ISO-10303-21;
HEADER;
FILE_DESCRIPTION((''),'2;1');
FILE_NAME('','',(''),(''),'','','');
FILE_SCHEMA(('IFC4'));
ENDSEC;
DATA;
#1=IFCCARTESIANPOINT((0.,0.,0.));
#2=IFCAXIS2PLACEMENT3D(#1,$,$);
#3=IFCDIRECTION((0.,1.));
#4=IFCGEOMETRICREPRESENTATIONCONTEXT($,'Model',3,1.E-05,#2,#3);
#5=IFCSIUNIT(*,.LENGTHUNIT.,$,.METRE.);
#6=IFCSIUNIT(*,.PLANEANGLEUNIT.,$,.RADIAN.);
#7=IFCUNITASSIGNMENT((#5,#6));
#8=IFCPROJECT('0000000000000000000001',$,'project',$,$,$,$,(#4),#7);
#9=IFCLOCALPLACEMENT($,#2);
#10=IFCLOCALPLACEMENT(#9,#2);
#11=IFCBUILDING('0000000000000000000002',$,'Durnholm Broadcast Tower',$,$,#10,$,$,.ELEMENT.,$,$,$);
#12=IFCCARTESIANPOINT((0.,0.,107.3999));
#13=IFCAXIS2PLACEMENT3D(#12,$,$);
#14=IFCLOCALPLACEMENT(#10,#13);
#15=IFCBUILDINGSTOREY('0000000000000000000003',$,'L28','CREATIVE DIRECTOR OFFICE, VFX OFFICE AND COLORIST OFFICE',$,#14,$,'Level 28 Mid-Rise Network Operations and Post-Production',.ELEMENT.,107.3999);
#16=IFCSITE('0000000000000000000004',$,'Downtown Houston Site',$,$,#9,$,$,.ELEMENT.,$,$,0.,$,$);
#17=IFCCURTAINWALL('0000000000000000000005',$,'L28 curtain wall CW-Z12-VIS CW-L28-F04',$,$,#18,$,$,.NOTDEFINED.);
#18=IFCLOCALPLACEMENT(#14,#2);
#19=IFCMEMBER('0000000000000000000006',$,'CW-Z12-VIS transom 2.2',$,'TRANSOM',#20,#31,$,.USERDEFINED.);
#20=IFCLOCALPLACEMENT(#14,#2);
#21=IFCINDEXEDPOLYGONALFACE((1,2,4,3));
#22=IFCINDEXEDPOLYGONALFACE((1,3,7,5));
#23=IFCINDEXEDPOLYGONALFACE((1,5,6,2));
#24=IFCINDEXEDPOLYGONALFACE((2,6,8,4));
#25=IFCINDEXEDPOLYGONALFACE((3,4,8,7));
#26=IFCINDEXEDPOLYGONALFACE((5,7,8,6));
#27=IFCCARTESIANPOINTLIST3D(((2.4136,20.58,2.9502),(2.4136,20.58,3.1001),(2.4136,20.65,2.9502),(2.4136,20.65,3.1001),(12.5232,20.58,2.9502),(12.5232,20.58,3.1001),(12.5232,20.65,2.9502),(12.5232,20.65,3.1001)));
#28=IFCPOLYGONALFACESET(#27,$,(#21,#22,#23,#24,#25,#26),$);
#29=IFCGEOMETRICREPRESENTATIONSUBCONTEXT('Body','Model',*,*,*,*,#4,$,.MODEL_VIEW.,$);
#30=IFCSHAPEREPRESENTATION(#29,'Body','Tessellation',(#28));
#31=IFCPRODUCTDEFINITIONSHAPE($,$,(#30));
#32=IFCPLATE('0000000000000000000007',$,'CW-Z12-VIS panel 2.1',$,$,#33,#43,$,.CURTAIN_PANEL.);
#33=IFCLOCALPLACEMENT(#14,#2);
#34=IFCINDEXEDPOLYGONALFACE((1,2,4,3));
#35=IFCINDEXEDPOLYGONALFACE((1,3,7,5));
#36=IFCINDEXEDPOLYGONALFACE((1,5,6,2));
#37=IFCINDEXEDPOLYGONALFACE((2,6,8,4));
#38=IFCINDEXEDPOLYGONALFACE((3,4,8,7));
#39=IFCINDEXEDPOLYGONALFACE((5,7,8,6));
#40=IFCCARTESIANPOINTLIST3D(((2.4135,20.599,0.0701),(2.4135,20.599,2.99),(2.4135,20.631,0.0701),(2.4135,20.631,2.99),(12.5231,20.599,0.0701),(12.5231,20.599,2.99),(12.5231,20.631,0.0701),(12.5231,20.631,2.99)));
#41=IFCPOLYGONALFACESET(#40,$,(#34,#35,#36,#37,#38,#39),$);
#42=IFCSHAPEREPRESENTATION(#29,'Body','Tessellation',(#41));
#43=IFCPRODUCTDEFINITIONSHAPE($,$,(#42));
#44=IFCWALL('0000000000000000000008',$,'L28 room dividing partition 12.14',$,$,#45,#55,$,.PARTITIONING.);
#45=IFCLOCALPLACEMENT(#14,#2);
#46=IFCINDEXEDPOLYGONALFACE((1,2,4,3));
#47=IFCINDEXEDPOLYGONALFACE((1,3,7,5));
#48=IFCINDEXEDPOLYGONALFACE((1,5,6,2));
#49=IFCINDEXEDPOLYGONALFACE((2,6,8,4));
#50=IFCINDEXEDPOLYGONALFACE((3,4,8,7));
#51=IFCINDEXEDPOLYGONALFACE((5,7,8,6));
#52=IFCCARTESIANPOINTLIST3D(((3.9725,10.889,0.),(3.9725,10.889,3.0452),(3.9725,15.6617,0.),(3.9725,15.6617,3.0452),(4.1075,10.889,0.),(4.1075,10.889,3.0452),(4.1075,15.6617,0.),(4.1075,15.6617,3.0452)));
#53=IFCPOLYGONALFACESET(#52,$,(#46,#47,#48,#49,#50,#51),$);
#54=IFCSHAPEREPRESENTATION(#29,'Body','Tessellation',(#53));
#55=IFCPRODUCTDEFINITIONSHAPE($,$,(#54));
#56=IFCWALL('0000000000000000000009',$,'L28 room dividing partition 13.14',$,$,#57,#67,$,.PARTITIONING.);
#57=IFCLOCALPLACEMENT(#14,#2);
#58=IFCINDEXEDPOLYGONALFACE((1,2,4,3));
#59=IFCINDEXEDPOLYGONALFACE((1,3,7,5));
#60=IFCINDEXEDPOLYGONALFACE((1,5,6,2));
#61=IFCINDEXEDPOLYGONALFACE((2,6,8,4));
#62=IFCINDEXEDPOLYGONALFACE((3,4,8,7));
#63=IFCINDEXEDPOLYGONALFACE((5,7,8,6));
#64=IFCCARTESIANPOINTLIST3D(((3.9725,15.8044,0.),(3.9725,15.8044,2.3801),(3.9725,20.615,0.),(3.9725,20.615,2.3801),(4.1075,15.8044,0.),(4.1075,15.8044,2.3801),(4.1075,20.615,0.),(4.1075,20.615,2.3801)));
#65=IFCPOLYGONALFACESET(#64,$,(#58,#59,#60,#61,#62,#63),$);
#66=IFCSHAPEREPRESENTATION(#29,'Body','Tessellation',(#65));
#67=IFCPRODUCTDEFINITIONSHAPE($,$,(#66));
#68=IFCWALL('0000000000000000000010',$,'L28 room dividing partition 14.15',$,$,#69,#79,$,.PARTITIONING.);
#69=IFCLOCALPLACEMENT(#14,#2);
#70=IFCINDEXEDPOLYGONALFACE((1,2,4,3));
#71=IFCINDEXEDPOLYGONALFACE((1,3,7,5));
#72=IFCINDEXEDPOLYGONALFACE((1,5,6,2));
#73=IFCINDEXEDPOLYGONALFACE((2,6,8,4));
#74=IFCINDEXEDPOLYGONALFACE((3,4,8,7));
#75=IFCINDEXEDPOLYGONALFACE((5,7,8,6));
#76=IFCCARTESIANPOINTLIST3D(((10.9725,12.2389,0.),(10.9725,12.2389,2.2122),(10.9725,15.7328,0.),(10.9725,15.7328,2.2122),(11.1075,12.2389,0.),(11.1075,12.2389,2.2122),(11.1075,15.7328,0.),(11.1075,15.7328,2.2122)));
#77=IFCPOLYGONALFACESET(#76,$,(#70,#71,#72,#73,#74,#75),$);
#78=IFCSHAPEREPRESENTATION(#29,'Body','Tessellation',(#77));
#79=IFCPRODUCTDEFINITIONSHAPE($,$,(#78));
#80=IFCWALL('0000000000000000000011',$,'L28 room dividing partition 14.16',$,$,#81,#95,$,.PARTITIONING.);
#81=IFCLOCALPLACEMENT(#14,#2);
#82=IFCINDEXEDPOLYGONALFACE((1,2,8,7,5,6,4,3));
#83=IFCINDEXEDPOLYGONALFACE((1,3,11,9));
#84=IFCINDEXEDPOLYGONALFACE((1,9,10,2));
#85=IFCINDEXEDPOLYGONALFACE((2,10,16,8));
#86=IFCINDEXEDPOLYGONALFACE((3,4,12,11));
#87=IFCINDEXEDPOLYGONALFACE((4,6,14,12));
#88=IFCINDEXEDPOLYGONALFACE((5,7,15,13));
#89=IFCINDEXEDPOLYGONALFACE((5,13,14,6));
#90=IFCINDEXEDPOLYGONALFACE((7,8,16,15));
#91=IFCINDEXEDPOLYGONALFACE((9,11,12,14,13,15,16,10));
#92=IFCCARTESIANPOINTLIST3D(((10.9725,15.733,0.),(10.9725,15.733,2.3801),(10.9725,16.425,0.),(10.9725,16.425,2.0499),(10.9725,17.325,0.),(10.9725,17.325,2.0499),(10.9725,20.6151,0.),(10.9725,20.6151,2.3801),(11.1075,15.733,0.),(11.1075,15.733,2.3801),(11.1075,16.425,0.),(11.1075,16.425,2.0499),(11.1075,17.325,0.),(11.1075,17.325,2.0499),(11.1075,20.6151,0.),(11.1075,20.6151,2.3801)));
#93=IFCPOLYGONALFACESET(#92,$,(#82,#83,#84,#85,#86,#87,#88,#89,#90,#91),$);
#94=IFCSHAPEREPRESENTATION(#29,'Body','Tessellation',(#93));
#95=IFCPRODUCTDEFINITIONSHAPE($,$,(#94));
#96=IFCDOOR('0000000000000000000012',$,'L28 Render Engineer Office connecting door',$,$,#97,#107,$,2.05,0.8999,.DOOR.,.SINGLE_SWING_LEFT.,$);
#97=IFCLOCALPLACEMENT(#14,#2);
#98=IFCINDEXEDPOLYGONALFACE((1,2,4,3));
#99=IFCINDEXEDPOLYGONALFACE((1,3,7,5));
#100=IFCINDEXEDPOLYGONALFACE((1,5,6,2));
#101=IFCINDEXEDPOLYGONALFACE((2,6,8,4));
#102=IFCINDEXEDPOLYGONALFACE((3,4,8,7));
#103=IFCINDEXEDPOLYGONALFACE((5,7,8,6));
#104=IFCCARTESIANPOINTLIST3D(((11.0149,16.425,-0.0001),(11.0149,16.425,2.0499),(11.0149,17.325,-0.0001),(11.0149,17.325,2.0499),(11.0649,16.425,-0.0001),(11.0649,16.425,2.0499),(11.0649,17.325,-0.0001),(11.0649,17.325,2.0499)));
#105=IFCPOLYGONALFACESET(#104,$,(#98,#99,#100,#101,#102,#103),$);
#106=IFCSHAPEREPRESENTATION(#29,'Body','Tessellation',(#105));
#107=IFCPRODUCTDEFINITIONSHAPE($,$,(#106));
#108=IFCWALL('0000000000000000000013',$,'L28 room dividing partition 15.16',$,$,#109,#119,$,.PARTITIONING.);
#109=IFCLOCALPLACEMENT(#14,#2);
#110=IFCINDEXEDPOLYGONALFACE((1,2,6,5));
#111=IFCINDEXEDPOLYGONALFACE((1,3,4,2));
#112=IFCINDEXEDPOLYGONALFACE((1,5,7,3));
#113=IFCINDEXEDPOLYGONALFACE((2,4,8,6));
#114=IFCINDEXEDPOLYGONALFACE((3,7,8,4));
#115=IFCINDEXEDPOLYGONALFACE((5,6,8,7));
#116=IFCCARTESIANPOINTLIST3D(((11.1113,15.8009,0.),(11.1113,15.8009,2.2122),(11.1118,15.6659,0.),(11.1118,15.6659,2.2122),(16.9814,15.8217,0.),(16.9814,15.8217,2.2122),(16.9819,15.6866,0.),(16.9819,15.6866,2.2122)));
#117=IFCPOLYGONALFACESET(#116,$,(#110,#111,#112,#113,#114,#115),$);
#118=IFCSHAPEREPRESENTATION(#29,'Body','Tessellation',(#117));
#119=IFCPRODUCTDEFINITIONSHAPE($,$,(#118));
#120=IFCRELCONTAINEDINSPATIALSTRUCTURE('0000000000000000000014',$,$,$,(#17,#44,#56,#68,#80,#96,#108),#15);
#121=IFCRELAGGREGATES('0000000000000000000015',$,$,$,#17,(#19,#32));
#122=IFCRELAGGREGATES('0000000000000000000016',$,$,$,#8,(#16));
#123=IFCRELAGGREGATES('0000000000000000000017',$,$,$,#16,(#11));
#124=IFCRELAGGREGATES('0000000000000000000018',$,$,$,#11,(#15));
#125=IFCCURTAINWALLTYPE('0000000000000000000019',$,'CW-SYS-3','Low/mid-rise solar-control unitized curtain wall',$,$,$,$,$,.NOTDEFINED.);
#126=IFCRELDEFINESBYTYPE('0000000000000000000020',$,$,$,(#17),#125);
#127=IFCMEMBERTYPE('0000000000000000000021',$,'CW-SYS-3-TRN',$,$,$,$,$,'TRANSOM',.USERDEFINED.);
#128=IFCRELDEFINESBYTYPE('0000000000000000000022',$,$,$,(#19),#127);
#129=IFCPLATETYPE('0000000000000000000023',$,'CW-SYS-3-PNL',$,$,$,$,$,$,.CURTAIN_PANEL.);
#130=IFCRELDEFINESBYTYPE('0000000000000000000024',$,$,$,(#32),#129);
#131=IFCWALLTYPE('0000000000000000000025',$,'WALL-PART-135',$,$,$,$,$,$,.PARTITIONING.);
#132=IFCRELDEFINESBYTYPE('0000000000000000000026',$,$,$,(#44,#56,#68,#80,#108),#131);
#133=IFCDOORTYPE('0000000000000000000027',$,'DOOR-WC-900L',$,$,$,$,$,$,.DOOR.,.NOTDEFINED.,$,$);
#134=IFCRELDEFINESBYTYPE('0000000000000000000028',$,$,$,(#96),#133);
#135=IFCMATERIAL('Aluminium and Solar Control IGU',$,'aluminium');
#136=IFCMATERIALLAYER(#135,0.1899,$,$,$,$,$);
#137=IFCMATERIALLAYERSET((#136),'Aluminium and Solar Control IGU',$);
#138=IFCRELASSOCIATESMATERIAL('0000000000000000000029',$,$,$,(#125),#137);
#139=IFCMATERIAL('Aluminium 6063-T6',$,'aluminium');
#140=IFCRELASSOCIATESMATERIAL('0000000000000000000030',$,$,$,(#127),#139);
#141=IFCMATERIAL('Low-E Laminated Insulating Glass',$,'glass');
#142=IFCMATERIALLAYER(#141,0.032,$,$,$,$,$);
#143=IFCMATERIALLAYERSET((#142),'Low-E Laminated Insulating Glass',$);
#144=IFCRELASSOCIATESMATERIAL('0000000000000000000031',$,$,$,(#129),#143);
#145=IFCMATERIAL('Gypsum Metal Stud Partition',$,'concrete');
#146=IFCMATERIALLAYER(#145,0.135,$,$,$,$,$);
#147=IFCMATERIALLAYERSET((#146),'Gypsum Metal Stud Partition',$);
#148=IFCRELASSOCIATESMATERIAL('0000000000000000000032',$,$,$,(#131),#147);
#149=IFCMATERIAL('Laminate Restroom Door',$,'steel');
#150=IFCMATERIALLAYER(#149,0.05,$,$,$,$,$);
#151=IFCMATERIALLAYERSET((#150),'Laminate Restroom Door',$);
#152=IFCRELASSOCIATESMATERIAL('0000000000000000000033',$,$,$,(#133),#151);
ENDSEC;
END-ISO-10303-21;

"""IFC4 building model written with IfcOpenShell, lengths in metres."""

from ifc_helpers import new_model, si_unit, direction, frame, frame_2d, origin, origin_2d, place, context, subcontext, project, spatial, rectangle, extrude, source, transform, mapped, material, layer, layer_set, material_profile, profile_set, type_object, type_shapes, element, fill, aggregate, save


model = new_model("IFC4")

# Units and contexts
model_context = context("Model", 3, precision=1e-05, world=origin(), true_north=direction((0.0, 1.0)))
body_context = subcontext(model_context, "Body", "Model", "MODEL_VIEW")
ifc_project = project(units=[si_unit("LENGTHUNIT", "METRE"), si_unit("PLANEANGLEUNIT", "RADIAN")], contexts=[model_context])

# Site, building, storey
site_placement = place(None, origin())
site = spatial("IfcSite", under=ifc_project, at=site_placement, Name="Downtown Houston Site", CompositionType="ELEMENT", RefElevation=0.0)
building_placement = place(site_placement, origin())
building = spatial("IfcBuilding", under=site, at=building_placement, Name="Durnholm Broadcast Tower", CompositionType="ELEMENT")
storey_placement = place(building_placement, frame((0.0, 0.0, 107.3999)))
storey = spatial("IfcBuildingStorey", under=building, at=storey_placement, Name="L28", Description="CREATIVE DIRECTOR OFFICE, VFX OFFICE AND COLORIST OFFICE", LongName="Level 28 Mid-Rise Network Operations and Post-Production", CompositionType="ELEMENT", Elevation=107.3999)

# Shared definitions
ifc_material_1 = material(Name="Aluminium and Solar Control IGU", Category="aluminium")
ifc_material_2 = material(Name="Aluminium 6063-T6", Category="aluminium")

# Curtain wall
ifc_layer_1 = layer(ifc_material_1, 0.1899)
ifc_layer_set_1 = layer_set([ifc_layer_1], Name="Aluminium and Solar Control IGU")
curtain_wall_type_1 = type_object("IfcCurtainWallType", Name="CW-SYS-3", Description="Low/mid-rise solar-control unitized curtain wall", PredefinedType="NOTDEFINED", material=ifc_layer_set_1)
curtain_wall_1_placement = place(storey_placement, origin())
curtain_wall_1 = element("IfcCurtainWall", 1, at=curtain_wall_1_placement, inside=storey, type_object=curtain_wall_type_1, Name="L28 curtain wall CW-Z12-VIS CW-L28-F04", PredefinedType="NOTDEFINED")

# Member
ifc_material_profile_1 = material_profile(ifc_material_2, rectangle(XDim=0.0701, YDim=0.1499, at=origin_2d()), Name="CWT70X150")
ifc_profile_set_1 = profile_set([ifc_material_profile_1], Name="Aluminium 6063-T6")
member_type_1 = type_object("IfcMemberType", Name="CW-SYS-3-TRN", ElementType="TRANSOM", PredefinedType="USERDEFINED", material=ifc_profile_set_1)
shared_shape_1 = source(origin(), body_context, "Body", "SweptSolid", [
    extrude(rectangle(XDim=0.0701, YDim=0.1499, at=origin_2d()), origin(), (0.0, 0.0, 1.0), 10.1096),
])
type_shapes(member_type_1, [shared_shape_1])
member_1_placement = place(storey_placement, frame((2.4136, 20.615, 3.0251), z_axis=(1.0, 0.0, 0.0), x_axis=(0.0, 1.0, 0.0)))
member_1 = element("IfcMember", 2, at=member_1_placement, type_object=member_type_1, Name="CW-Z12-VIS transom 2.2", ObjectType="TRANSOM", PredefinedType="USERDEFINED", context=body_context, shape_type="MappedRepresentation", body=[
    mapped(shared_shape_1, transform((0.0, 0.0, 0.0), x_axis=(1.0, 0.0, 0.0), y_axis=(0.0, 1.0, 0.0), z_axis=(0.0, 0.0, 1.0), scale=1.0)),
])

# Plate
ifc_material_3 = material(Name="Low-E Laminated Insulating Glass", Category="glass")
ifc_layer_2 = layer(ifc_material_3, 0.032)
ifc_layer_set_2 = layer_set([ifc_layer_2], Name="Low-E Laminated Insulating Glass")
plate_type = type_object("IfcPlateType", Name="CW-SYS-3-PNL", PredefinedType="CURTAIN_PANEL", material=ifc_layer_set_2)
shared_shape_2 = source(origin(), body_context, "Body", "SweptSolid", [
    extrude(rectangle(XDim=10.1096, YDim=0.032, at=origin_2d()), origin(), (0.0, 0.0, 1.0), 2.9199),
])
type_shapes(plate_type, [shared_shape_2])
plate_placement = place(storey_placement, frame((7.4683, 20.615, 0.0701), z_axis=(0.0, 0.0, 1.0), x_axis=(1.0, 0.0, 0.0)))
plate = element("IfcPlate", 3, at=plate_placement, type_object=plate_type, Name="CW-Z12-VIS panel 2.1", PredefinedType="CURTAIN_PANEL", context=body_context, shape_type="MappedRepresentation", body=[
    mapped(shared_shape_2, transform((0.0, 0.0, 0.0), x_axis=(1.0, 0.0, 0.0), y_axis=(0.0, 1.0, 0.0), z_axis=(0.0, 0.0, 1.0), scale=1.0)),
])
aggregate(curtain_wall_1, [member_1, plate])

# Walls
ifc_material_4 = material(Name="Gypsum Metal Stud Partition", Category="concrete")
ifc_layer_3 = layer(ifc_material_4, 0.135)
ifc_layer_set_3 = layer_set([ifc_layer_3], Name="Gypsum Metal Stud Partition")
wall_type = type_object("IfcWallType", Name="WALL-PART-135", PredefinedType="PARTITIONING", material=ifc_layer_set_3)
wall_1_placement = place(storey_placement, frame((4.04, 15.6616, 0.0), z_axis=(0.0, 0.0, 1.0), x_axis=(0.0, -1.0, 0.0)))
element("IfcWall", 4, at=wall_1_placement, inside=storey, type_object=wall_type, Name="L28 room dividing partition 12.14", PredefinedType="PARTITIONING", context=body_context, shape_type="SweptSolid", body=[
    extrude(rectangle(XDim=4.7727, YDim=0.135, at=frame_2d((2.3862, 0.0))), origin(), (0.0, 0.0, 1.0), 3.0452),
])
wall_2_placement = place(storey_placement, frame((4.04, 20.615, 0.0), z_axis=(0.0, 0.0, 1.0), x_axis=(0.0, -1.0, 0.0)))
element("IfcWall", 5, at=wall_2_placement, inside=storey, type_object=wall_type, Name="L28 room dividing partition 13.14", PredefinedType="PARTITIONING", context=body_context, shape_type="SweptSolid", body=[
    extrude(rectangle(XDim=4.8105, YDim=0.135, at=frame_2d((2.4053, 0.0))), origin(), (0.0, 0.0, 1.0), 2.3801),
])
wall_3_placement = place(storey_placement, frame((11.04, 15.7329, 0.0), z_axis=(0.0, 0.0, 1.0), x_axis=(0.0, -1.0, 0.0)))
element("IfcWall", 6, at=wall_3_placement, inside=storey, type_object=wall_type, Name="L28 room dividing partition 14.15", PredefinedType="PARTITIONING", context=body_context, shape_type="SweptSolid", body=[
    extrude(rectangle(XDim=3.4939, YDim=0.135, at=frame_2d((1.7471, 0.0))), origin(), (0.0, 0.0, 1.0), 2.2122),
])

# Wall, opening, door
wall_4_placement = place(storey_placement, frame((11.04, 20.615, 0.0), z_axis=(0.0, 0.0, 1.0), x_axis=(0.0, -1.0, 0.0)))
wall_4 = element("IfcWall", 7, at=wall_4_placement, inside=storey, type_object=wall_type, Name="L28 room dividing partition 14.16", PredefinedType="PARTITIONING", context=body_context, shape_type="SweptSolid", body=[
    extrude(rectangle(XDim=4.8821, YDim=0.135, at=frame_2d((2.4409, 0.0))), origin(), (0.0, 0.0, 1.0), 2.3801),
])
opening_placement = place(wall_4_placement, frame((3.29, 0.0, 0.0)))
opening = element("IfcOpeningElement", 8, at=opening_placement, cuts=wall_4, PredefinedType="OPENING", context=body_context, shape_type="SweptSolid", body=[
    extrude(rectangle(XDim=0.8999, YDim=2.05, at=frame_2d((0.45, 1.0249))), frame((0.0, 0.0776, 0.0), z_axis=(0.0, -1.0, 0.0), x_axis=(1.0, 0.0, 0.0)), (0.0, 0.0, 1.0), 0.155),
])
ifc_material_5 = material(Name="Laminate Restroom Door", Category="steel")
ifc_layer_4 = layer(ifc_material_5, 0.05)
ifc_layer_set_4 = layer_set([ifc_layer_4], Name="Laminate Restroom Door")
door_type = type_object("IfcDoorType", Name="DOOR-WC-900L", OperationType="NOTDEFINED", PredefinedType="DOOR", material=ifc_layer_set_4)
shared_shape_3 = source(origin(), body_context, "Body", "SweptSolid", [
    extrude(rectangle(XDim=0.8999, YDim=2.05, at=frame_2d((0.45, 1.0249))), frame((0.0, 0.0249, 0.0), z_axis=(0.0, -1.0, 0.0), x_axis=(1.0, 0.0, 0.0)), (0.0, 0.0, 1.0), 0.05),
])
type_shapes(door_type, [shared_shape_3])
door_placement = place(opening_placement, origin())
door = element("IfcDoor", 9, at=door_placement, inside=storey, type_object=door_type, Name="L28 Render Engineer Office connecting door", OperationType="SINGLE_SWING_LEFT", OverallHeight=2.05, OverallWidth=0.8999, PredefinedType="DOOR", context=body_context, shape_type="MappedRepresentation", body=[
    mapped(shared_shape_3, transform((0.0, 0.0, 0.0), x_axis=(1.0, 0.0, 0.0), y_axis=(0.0, 1.0, 0.0), z_axis=(0.0, 0.0, 1.0), scale=1.0)),
])
fill(opening, door)

# Wall
wall_5_placement = place(storey_placement, frame((11.1116, 15.7334, 0.0), z_axis=(0.0, 0.0, 1.0), x_axis=(0.999994, 0.003535, 0.0)))
element("IfcWall", 10, at=wall_5_placement, inside=storey, type_object=wall_type, Name="L28 room dividing partition 15.16", PredefinedType="PARTITIONING", context=body_context, shape_type="SweptSolid", body=[
    extrude(rectangle(XDim=5.8701, YDim=0.135, at=frame_2d((2.9351, 0.0))), origin(), (0.0, 0.0, 1.0), 2.2122),
])

save(model, "model.ifc")
